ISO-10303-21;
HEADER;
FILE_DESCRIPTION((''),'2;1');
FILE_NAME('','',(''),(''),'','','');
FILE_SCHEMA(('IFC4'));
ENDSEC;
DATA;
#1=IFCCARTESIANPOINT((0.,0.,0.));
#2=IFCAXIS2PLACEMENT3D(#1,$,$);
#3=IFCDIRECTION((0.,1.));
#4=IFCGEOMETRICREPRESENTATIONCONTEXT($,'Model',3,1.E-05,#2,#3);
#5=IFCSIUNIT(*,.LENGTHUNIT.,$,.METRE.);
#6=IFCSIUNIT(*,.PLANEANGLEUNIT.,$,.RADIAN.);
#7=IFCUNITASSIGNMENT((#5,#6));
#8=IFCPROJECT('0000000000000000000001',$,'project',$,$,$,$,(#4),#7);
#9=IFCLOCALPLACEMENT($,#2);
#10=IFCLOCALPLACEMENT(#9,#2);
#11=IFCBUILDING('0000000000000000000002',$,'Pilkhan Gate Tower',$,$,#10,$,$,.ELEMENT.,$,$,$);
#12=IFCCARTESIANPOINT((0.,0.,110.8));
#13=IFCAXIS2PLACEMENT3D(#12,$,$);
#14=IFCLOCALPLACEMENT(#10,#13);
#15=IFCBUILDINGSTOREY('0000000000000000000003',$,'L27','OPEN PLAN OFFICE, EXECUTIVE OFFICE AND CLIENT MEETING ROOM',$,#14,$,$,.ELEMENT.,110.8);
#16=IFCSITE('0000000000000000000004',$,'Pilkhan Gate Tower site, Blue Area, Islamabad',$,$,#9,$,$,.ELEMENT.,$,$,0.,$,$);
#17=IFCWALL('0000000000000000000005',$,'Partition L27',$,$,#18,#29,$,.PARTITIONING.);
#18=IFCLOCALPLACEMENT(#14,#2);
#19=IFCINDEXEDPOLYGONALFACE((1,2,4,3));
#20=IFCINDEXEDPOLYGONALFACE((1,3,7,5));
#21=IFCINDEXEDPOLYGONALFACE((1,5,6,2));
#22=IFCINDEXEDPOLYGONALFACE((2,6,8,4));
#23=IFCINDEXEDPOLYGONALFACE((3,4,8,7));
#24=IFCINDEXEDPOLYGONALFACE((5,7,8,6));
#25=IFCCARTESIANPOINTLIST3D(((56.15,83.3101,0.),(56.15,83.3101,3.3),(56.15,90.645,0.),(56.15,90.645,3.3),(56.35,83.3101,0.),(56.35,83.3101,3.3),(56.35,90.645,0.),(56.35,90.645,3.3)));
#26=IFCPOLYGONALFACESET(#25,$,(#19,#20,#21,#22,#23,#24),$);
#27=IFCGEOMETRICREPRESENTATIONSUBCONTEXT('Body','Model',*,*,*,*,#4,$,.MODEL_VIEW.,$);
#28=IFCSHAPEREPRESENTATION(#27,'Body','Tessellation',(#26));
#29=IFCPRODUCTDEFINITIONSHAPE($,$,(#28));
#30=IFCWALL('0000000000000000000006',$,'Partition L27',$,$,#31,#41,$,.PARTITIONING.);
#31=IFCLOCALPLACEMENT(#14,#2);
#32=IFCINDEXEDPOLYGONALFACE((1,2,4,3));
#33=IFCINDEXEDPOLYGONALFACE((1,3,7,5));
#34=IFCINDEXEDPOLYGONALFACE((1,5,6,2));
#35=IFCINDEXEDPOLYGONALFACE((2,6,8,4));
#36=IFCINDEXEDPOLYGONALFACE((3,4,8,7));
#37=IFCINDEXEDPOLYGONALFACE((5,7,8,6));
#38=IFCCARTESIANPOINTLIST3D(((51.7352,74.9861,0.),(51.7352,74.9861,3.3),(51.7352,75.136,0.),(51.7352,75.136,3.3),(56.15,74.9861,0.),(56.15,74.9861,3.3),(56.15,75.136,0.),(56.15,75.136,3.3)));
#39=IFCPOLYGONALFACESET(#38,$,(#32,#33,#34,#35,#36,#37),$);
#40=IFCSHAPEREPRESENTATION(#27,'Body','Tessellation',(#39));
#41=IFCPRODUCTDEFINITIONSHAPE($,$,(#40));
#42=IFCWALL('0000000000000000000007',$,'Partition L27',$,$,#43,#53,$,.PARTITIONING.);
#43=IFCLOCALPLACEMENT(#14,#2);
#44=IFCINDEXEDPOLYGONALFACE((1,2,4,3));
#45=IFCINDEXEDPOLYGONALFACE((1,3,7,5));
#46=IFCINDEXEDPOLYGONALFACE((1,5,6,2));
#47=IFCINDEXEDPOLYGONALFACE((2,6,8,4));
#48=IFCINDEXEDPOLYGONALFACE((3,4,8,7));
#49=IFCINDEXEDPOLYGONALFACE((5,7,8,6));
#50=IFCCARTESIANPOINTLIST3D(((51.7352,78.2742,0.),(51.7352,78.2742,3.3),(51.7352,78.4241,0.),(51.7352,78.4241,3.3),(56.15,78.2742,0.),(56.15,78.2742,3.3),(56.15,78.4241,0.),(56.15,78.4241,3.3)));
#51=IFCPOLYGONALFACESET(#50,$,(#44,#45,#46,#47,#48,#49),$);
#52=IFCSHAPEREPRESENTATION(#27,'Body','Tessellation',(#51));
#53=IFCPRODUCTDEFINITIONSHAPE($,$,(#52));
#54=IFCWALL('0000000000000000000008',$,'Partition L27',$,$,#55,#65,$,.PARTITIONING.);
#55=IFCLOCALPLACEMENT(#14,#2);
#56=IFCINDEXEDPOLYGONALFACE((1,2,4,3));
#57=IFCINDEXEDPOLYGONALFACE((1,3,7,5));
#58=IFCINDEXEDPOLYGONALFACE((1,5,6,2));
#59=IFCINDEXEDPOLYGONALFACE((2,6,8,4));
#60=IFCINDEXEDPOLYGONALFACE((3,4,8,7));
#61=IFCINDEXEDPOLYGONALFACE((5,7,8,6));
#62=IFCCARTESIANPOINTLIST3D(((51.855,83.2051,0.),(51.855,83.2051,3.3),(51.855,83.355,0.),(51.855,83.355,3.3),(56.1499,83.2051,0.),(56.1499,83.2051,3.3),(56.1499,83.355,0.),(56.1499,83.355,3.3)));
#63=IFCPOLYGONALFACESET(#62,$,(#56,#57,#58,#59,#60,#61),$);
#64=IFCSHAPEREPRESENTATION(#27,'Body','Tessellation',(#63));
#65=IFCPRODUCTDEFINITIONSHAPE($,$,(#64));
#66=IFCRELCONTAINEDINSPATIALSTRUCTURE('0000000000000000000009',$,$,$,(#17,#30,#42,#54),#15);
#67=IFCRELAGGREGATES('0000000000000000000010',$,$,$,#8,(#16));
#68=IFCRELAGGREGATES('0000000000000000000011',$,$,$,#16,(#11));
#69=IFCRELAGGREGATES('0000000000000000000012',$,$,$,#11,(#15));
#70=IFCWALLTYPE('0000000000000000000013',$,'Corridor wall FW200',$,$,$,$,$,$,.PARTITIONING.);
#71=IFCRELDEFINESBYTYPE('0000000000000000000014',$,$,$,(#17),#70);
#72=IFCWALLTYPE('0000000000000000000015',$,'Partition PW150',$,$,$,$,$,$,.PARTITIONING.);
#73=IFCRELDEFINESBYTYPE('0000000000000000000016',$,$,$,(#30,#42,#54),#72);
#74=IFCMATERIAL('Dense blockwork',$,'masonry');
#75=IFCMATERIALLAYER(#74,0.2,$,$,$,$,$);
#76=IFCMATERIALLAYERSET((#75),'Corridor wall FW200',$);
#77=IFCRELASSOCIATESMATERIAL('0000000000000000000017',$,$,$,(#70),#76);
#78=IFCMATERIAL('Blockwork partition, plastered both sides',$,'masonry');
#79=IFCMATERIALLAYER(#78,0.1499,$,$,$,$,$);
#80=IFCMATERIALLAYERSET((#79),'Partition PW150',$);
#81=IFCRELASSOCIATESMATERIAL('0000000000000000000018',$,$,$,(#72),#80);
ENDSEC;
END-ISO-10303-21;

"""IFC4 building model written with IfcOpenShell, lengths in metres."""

from ifc_helpers import new_model, si_unit, direction, frame, frame_2d, origin, place, context, subcontext, project, spatial, rectangle, extrude, material, layer, layer_set, type_object, element, save


model = new_model("IFC4")

# Units and contexts
model_context = context("Model", 3, precision=1e-05, world=origin(), true_north=direction((0.0, 1.0)))
body_context = subcontext(model_context, "Body", "Model", "MODEL_VIEW")
ifc_project = project(units=[si_unit("LENGTHUNIT", "METRE"), si_unit("PLANEANGLEUNIT", "RADIAN")], contexts=[model_context])

# Site, building, storey
site_placement = place(None, origin())
site = spatial("IfcSite", under=ifc_project, at=site_placement, Name="Pilkhan Gate Tower site, Blue Area, Islamabad", CompositionType="ELEMENT", RefElevation=0.0)
building_placement = place(site_placement, origin())
building = spatial("IfcBuilding", under=site, at=building_placement, Name="Pilkhan Gate Tower", CompositionType="ELEMENT")
storey_placement = place(building_placement, frame((0.0, 0.0, 110.8)))
storey = spatial("IfcBuildingStorey", under=building, at=storey_placement, Name="L27", Description="OPEN PLAN OFFICE, EXECUTIVE OFFICE AND CLIENT MEETING ROOM", CompositionType="ELEMENT", Elevation=110.8)

# Walls
ifc_material_1 = material(Name="Dense blockwork", Category="masonry")
ifc_layer_1 = layer(ifc_material_1, 0.2)
ifc_layer_set_1 = layer_set([ifc_layer_1], Name="Corridor wall FW200")
wall_type_1 = type_object("IfcWallType", Name="Corridor wall FW200", PredefinedType="PARTITIONING", material=ifc_layer_set_1)
wall_1_placement = place(storey_placement, frame((56.25, 83.3101, 0.0), z_axis=(0.0, 0.0, 1.0), x_axis=(0.0, 1.0, 0.0)))
element("IfcWall", 1, at=wall_1_placement, inside=storey, type_object=wall_type_1, Name="Partition L27", PredefinedType="PARTITIONING", context=body_context, shape_type="SweptSolid", body=[
    extrude(rectangle(XDim=7.335, YDim=0.2, at=frame_2d((3.6675, 0.0))), origin(), (0.0, 0.0, 1.0), 3.3),
])
ifc_material_2 = material(Name="Blockwork partition, plastered both sides", Category="masonry")
ifc_layer_2 = layer(ifc_material_2, 0.1499)
ifc_layer_set_2 = layer_set([ifc_layer_2], Name="Partition PW150")
wall_type_2 = type_object("IfcWallType", Name="Partition PW150", PredefinedType="PARTITIONING", material=ifc_layer_set_2)
for number, where, z_axis, x_axis, name in (
    (2, (51.7351, 75.061, 0.0), (0.0, 0.0, 1.0), (1.0, 0.0, 0.0), "Partition L27"),
    (3, (51.7351, 78.3491, 0.0), (0.0, 0.0, 1.0), (1.0, 0.0, 0.0), "Partition L27"),
):
    element("IfcWall", number, at=place(storey_placement, frame(where, z_axis=z_axis, x_axis=x_axis)), inside=storey, type_object=wall_type_2, Name=name, PredefinedType="PARTITIONING", context=body_context, shape_type="SweptSolid", body=[
        extrude(rectangle(XDim=4.4148, YDim=0.1499, at=frame_2d((2.2075, 0.0))), origin(), (0.0, 0.0, 1.0), 3.3),
    ])
wall_2_placement = place(storey_placement, frame((51.855, 83.28, 0.0), z_axis=(0.0, 0.0, 1.0), x_axis=(1.0, 0.0, 0.0)))
element("IfcWall", 4, at=wall_2_placement, inside=storey, type_object=wall_type_2, Name="Partition L27", PredefinedType="PARTITIONING", context=body_context, shape_type="SweptSolid", body=[
    extrude(rectangle(XDim=4.2949, YDim=0.1499, at=frame_2d((2.1475, 0.0))), origin(), (0.0, 0.0, 1.0), 3.3),
])

save(model, "model.ifc")
